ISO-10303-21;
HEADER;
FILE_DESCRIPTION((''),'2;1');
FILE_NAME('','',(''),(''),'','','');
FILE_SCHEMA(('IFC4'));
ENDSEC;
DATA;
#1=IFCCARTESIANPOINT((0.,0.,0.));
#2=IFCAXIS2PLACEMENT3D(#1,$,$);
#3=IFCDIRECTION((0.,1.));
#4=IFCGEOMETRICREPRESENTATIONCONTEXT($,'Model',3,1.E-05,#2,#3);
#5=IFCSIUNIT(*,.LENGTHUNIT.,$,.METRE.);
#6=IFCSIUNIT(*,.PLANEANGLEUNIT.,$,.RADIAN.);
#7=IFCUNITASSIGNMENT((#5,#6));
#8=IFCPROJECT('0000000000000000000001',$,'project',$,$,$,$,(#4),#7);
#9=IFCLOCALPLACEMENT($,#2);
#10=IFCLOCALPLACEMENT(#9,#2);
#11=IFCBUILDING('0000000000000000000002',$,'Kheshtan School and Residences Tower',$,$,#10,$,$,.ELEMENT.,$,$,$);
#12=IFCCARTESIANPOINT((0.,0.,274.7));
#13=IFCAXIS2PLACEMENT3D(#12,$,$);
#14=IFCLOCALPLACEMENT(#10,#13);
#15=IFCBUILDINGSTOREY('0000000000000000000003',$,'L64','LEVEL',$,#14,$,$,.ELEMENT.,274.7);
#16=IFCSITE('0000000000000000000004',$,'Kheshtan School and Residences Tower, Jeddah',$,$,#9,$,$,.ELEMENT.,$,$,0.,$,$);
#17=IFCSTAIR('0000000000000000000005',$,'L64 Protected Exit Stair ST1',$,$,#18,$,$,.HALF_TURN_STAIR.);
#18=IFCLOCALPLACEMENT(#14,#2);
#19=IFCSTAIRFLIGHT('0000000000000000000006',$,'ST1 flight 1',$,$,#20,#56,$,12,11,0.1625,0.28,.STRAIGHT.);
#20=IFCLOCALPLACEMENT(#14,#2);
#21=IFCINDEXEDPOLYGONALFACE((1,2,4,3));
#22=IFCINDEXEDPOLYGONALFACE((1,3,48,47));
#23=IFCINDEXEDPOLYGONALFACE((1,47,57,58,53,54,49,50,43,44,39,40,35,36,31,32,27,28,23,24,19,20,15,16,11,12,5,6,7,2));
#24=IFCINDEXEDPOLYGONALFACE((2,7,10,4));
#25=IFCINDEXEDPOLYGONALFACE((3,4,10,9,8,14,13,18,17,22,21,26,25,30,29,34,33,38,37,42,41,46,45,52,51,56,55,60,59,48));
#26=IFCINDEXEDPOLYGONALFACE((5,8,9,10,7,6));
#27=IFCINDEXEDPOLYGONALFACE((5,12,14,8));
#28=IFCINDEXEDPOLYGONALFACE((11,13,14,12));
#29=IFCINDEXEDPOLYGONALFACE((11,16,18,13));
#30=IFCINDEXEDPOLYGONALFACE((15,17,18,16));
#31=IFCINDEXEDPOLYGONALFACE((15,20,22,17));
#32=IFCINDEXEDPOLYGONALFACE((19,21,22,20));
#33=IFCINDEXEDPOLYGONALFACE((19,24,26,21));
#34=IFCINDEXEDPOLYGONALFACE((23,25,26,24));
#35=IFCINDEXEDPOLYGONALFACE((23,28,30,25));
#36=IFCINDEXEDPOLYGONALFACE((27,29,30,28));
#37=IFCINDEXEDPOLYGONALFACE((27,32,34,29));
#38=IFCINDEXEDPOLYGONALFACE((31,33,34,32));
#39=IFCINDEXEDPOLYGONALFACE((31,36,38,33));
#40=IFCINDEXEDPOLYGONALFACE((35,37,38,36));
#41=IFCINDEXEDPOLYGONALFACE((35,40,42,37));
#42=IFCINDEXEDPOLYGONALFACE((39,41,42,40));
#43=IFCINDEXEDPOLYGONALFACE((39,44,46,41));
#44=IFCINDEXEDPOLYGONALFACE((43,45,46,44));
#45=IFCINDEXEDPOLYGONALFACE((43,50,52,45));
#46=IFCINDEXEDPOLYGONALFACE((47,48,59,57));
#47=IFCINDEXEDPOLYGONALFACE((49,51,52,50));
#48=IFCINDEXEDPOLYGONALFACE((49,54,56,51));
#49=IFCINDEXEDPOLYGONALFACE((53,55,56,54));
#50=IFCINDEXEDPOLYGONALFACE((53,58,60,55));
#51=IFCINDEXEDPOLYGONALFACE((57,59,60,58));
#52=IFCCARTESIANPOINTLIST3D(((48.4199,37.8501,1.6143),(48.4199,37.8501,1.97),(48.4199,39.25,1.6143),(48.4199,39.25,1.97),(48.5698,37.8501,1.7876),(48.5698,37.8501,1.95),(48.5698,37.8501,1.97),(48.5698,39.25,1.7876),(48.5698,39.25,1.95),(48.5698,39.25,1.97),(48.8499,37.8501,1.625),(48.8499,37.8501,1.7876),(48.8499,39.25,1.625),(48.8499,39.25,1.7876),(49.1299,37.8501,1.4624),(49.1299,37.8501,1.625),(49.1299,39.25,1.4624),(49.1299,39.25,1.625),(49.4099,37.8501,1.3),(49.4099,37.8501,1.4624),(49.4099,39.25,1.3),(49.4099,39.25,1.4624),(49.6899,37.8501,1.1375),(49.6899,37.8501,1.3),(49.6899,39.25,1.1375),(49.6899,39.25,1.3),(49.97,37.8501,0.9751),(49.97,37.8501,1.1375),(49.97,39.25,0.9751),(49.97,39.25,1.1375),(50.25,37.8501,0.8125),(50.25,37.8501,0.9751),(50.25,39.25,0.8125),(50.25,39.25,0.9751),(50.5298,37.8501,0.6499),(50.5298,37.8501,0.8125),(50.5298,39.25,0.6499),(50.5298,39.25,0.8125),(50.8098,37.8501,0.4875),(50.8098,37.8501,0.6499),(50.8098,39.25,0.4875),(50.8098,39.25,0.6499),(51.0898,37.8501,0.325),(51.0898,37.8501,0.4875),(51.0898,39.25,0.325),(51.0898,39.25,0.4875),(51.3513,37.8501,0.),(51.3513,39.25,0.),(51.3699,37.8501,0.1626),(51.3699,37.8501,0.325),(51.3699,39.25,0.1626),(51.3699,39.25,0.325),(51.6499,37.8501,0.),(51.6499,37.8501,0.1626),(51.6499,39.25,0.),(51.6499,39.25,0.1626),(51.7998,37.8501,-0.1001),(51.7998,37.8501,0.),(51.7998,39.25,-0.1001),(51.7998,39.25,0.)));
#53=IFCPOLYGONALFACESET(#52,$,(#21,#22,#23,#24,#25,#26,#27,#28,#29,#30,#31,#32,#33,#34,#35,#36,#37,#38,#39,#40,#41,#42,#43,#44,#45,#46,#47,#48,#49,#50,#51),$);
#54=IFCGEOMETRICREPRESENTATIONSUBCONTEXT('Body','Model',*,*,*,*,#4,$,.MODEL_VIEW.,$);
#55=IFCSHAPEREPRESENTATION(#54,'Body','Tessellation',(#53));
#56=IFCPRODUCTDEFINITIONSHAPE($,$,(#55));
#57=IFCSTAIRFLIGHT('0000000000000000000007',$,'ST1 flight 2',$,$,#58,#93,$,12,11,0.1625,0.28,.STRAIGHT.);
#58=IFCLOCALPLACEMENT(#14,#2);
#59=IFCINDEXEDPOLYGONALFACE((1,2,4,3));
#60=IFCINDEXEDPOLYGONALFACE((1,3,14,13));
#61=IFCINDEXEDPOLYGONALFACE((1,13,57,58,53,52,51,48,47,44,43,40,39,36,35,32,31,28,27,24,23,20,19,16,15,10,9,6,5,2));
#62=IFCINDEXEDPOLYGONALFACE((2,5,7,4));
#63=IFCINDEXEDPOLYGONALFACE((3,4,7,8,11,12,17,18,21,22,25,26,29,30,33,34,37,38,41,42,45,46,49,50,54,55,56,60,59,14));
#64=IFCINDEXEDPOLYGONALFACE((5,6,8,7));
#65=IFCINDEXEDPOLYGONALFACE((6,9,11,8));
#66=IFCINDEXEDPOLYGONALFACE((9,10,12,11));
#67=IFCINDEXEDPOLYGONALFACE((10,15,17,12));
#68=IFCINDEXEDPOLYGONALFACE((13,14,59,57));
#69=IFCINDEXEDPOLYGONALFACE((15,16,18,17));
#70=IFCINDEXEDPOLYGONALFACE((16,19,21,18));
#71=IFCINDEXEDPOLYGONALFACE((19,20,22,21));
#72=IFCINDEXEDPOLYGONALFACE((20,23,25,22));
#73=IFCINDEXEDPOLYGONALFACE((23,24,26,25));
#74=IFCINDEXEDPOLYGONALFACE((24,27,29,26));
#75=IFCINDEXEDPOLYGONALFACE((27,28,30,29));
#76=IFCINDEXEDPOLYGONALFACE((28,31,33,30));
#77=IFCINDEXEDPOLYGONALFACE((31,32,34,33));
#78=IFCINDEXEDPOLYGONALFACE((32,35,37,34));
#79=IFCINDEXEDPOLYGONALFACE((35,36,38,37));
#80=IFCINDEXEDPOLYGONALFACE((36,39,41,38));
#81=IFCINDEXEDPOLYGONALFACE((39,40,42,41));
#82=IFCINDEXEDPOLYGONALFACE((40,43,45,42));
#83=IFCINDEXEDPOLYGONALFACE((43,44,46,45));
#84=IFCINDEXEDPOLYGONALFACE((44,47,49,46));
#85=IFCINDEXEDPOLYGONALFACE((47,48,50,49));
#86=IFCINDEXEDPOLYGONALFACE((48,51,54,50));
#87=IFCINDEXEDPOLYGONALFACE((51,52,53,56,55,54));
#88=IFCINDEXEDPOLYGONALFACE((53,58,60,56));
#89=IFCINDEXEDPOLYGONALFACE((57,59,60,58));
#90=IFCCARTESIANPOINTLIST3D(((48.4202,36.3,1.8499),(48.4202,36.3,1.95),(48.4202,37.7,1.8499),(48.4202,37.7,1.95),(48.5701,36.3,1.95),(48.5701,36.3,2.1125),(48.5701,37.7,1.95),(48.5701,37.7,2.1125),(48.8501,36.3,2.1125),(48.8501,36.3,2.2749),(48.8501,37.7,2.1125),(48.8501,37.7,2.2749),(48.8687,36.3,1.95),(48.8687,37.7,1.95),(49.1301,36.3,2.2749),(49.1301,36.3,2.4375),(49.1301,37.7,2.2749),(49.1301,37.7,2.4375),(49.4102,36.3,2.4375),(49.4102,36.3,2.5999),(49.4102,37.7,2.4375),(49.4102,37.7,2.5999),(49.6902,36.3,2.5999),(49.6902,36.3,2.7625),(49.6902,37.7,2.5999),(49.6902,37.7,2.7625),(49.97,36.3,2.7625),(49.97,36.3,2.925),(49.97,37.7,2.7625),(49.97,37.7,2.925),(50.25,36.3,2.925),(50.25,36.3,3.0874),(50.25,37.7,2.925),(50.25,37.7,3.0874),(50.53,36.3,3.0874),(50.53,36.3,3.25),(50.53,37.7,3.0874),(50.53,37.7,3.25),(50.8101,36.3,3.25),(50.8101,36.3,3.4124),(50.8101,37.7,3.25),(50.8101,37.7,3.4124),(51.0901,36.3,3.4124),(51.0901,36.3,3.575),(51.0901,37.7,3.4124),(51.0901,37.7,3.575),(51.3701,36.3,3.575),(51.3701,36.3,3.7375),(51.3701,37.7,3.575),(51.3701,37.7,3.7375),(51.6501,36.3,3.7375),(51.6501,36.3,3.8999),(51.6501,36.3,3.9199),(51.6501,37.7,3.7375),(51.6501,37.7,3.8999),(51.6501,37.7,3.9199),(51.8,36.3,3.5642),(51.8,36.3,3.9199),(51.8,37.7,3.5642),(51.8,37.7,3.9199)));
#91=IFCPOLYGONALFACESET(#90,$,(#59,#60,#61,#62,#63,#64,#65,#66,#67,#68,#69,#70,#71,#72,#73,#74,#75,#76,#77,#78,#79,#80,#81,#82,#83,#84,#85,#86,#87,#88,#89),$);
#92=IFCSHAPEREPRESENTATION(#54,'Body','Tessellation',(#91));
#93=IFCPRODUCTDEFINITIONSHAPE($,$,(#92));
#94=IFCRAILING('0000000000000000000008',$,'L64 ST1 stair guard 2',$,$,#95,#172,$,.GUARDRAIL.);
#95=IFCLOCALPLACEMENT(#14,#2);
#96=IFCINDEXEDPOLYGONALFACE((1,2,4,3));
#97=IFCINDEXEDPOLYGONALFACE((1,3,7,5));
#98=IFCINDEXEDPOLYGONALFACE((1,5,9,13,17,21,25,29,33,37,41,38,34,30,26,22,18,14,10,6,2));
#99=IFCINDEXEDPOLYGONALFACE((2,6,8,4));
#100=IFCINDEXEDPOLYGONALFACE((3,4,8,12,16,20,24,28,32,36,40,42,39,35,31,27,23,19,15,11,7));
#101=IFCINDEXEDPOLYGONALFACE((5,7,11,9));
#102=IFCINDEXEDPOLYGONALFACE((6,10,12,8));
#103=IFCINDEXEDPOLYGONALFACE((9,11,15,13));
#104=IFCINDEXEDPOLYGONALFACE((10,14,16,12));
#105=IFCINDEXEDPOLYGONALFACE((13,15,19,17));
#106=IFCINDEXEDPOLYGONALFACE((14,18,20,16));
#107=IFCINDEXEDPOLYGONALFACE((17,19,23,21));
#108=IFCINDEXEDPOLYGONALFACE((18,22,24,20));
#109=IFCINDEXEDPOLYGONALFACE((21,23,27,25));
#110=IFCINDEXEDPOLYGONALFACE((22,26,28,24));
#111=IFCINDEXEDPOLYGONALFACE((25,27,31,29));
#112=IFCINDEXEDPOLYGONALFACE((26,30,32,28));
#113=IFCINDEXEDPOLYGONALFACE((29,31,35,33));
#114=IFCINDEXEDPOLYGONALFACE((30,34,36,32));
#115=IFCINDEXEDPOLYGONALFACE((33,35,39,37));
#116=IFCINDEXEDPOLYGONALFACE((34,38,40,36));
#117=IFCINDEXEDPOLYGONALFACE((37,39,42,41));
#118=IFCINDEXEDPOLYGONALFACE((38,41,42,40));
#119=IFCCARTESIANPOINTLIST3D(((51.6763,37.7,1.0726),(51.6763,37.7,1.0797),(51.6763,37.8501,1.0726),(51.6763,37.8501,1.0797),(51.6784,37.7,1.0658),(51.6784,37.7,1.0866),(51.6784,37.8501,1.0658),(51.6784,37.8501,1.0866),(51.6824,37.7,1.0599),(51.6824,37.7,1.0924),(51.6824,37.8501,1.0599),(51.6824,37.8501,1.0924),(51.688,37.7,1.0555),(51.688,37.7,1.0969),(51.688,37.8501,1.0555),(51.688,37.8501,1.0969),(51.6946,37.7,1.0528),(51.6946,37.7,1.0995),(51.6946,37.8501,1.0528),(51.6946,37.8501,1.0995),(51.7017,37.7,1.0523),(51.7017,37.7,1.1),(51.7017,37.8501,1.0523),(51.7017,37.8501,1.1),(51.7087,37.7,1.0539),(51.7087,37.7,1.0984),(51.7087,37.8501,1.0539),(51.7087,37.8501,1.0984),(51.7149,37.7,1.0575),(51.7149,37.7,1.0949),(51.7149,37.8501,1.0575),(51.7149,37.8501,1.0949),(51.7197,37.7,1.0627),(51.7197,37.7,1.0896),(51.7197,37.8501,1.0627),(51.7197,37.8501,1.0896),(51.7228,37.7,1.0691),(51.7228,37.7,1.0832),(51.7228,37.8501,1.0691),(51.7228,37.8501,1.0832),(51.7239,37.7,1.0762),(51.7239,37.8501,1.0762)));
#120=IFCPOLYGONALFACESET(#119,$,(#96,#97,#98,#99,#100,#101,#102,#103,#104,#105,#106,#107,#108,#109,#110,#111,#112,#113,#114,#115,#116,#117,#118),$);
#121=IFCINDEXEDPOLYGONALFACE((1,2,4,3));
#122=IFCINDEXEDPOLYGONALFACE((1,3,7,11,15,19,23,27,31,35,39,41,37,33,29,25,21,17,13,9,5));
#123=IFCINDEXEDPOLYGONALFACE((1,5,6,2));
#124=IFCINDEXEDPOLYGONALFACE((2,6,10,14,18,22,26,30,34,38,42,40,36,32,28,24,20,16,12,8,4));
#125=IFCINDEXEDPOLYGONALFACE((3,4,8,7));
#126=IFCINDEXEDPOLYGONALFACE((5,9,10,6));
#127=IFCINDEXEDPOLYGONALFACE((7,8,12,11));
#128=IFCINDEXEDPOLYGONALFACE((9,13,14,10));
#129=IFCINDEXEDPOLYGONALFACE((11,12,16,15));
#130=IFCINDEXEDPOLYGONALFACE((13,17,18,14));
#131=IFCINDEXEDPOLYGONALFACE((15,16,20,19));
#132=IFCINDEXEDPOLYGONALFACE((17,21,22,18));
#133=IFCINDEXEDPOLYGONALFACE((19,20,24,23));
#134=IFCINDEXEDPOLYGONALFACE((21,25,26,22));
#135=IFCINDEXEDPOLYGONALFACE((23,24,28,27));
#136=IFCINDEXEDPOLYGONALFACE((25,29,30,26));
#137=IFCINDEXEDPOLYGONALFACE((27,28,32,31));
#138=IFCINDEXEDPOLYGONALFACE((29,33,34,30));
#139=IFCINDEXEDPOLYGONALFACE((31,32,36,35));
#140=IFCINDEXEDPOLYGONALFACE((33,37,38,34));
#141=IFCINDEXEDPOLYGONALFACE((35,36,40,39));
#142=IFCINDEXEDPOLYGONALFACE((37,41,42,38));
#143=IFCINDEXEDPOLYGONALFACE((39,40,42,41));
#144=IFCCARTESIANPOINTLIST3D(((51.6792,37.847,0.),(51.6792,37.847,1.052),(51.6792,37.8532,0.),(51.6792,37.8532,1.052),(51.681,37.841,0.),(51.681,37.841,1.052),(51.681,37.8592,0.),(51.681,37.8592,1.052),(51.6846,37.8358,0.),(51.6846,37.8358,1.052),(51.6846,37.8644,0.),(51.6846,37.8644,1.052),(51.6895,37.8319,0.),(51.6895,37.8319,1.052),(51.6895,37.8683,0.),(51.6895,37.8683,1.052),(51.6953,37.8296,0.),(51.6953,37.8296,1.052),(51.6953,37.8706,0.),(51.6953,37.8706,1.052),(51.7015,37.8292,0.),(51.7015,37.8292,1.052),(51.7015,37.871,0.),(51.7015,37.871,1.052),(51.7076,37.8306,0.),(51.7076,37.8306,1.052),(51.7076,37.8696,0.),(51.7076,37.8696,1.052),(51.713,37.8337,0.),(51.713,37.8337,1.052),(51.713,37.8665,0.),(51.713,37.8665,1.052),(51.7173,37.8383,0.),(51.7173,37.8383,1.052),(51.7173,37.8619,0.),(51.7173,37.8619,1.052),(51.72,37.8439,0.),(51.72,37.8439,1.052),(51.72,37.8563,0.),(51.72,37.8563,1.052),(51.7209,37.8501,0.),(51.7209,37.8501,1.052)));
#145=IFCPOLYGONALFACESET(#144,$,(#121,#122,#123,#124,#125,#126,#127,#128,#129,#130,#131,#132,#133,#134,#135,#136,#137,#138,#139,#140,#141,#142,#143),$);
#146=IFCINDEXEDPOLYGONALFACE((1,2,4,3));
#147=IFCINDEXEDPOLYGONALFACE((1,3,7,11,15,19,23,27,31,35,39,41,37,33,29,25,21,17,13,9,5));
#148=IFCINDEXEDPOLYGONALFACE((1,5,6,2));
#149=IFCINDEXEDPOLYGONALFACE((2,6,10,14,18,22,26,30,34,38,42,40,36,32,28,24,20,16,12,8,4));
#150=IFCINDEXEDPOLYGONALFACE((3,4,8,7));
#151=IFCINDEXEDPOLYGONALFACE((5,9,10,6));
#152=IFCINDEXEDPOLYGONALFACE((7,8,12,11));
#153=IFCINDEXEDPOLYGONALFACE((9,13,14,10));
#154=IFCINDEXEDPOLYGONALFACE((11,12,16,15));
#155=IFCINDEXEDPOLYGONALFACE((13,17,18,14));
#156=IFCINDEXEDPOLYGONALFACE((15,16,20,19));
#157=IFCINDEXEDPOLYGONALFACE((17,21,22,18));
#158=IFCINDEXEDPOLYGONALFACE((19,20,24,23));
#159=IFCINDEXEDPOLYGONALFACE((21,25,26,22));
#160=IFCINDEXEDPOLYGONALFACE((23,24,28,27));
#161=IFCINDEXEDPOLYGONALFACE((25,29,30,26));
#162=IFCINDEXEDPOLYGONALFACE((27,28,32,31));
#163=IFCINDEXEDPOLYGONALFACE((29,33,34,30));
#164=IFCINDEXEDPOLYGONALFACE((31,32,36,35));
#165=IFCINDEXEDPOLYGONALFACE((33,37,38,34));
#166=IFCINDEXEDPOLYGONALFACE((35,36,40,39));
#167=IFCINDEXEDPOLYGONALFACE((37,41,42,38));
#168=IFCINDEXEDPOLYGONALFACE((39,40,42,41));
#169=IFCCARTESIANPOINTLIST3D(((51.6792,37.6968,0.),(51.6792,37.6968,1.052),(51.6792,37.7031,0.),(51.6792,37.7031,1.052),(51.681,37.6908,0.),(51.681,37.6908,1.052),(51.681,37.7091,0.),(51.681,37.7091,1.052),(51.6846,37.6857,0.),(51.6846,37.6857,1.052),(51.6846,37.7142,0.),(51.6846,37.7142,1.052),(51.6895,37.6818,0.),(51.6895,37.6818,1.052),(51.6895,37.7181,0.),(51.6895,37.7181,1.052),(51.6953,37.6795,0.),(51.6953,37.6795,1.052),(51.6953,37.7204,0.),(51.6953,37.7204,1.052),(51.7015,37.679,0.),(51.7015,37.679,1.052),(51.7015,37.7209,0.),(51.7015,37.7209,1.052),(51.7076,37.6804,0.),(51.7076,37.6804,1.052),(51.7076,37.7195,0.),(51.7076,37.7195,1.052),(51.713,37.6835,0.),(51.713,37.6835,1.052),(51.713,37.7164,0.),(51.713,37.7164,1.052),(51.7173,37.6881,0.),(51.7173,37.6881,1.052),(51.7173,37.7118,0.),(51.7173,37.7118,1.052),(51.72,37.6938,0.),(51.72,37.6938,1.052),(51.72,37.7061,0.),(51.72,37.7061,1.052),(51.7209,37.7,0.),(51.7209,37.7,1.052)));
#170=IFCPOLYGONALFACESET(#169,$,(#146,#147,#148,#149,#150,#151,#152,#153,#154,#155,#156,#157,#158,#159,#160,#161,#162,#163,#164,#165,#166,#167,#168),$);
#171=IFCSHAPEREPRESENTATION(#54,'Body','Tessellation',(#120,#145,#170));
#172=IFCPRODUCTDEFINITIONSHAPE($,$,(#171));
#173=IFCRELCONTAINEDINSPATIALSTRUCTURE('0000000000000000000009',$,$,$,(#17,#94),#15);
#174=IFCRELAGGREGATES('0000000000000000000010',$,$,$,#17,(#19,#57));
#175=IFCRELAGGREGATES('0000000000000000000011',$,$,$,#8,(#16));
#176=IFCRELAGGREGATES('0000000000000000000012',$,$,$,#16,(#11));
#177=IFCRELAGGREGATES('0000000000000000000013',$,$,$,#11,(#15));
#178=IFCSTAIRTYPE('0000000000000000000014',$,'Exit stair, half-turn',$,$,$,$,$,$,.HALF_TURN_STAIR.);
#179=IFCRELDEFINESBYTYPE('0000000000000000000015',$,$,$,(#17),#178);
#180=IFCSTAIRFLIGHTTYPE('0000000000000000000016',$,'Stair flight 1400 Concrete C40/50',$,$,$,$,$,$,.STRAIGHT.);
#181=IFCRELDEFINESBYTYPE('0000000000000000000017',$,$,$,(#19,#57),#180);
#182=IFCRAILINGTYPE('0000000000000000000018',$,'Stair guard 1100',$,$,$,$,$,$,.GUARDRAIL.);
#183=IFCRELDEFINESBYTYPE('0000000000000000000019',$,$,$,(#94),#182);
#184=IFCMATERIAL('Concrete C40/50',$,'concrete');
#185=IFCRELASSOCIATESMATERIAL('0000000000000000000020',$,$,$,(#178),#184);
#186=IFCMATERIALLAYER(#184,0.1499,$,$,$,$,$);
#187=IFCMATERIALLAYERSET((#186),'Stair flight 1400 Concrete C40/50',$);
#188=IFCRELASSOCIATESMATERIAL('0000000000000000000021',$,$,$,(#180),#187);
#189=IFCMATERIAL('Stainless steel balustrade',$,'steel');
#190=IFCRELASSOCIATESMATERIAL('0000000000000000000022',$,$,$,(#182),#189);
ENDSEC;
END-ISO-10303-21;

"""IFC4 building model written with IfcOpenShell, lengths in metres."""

from ifc_helpers import new_model, si_unit, direction, frame, origin, origin_2d, place, context, subcontext, project, spatial, polyline, circle, outline, extrude, material, layer, layer_set, type_object, element, aggregate, save


model = new_model("IFC4")

# Units and contexts
model_context = context("Model", 3, precision=1e-05, world=origin(), true_north=direction((0.0, 1.0)))
body_context = subcontext(model_context, "Body", "Model", "MODEL_VIEW")
ifc_project = project(units=[si_unit("LENGTHUNIT", "METRE"), si_unit("PLANEANGLEUNIT", "RADIAN")], contexts=[model_context])

# Site, building, storey
site_placement = place(None, origin())
site = spatial("IfcSite", under=ifc_project, at=site_placement, Name="Kheshtan School and Residences Tower, Jeddah", CompositionType="ELEMENT", RefElevation=0.0)
building_placement = place(site_placement, origin())
building = spatial("IfcBuilding", under=site, at=building_placement, Name="Kheshtan School and Residences Tower", CompositionType="ELEMENT")
storey_placement = place(building_placement, frame((0.0, 0.0, 274.7)))
storey = spatial("IfcBuildingStorey", under=building, at=storey_placement, Name="L64", Description="LEVEL", CompositionType="ELEMENT", Elevation=274.7)

# Stair, stair flights
ifc_material_1 = material(Name="Concrete C40/50", Category="concrete")
stair_type = type_object("IfcStairType", Name="Exit stair, half-turn", PredefinedType="HALF_TURN_STAIR", material=ifc_material_1)
stair_placement = place(storey_placement, origin())
stair = element("IfcStair", 1, at=stair_placement, inside=storey, type_object=stair_type, Name="L64 Protected Exit Stair ST1", PredefinedType="HALF_TURN_STAIR")
ifc_layer_1 = layer(ifc_material_1, 0.1499)
ifc_layer_set_1 = layer_set([ifc_layer_1], Name="Stair flight 1400 Concrete C40/50")
stair_flight_type = type_object("IfcStairFlightType", Name="Stair flight 1400 Concrete C40/50", PredefinedType="STRAIGHT", material=ifc_layer_set_1)
stair_flight_1_placement = place(storey_placement, frame((51.6499, 38.55, 0.0), z_axis=(0.0, 0.0, 1.0), x_axis=(-1.0, 0.0, 0.0)))
stair_flight_1 = element("IfcStairFlight", 2, at=stair_flight_1_placement, type_object=stair_flight_type, Name="ST1 flight 1", NumberOfRisers=12, NumberOfTreads=11, PredefinedType="STRAIGHT", RiserHeight=0.1625, TreadLength=0.28, context=body_context, shape_type="SweptSolid", body=[
    extrude(outline(polyline([(-0.1499, -0.1001), (-0.1499, 0.0), (0.0, 0.0), (0.0, 0.1626), (0.28, 0.1626), (0.28, 0.325), (0.5601, 0.325), (0.5601, 0.4875), (0.8401, 0.4875), (0.8401, 0.6499), (1.1201, 0.6499), (1.1201, 0.8125), (1.3999, 0.8125), (1.3999, 0.9751), (1.6799, 0.9751), (1.6799, 1.1375), (1.96, 1.1375), (1.96, 1.3), (2.24, 1.3), (2.24, 1.4624), (2.52, 1.4624), (2.52, 1.625), (2.8, 1.625), (2.8, 1.7876), (3.0801, 1.7876), (3.0801, 1.95), (3.0801, 1.97), (3.23, 1.97), (3.23, 1.6143), (0.2986, 0.0), (-0.1499, -0.1001)])), frame((0.0, 0.7, 0.0), z_axis=(0.0, -1.0, 0.0), x_axis=(1.0, 0.0, 0.0)), (0.0, 0.0, 1.0), 1.3999),
])
stair_flight_2_placement = place(storey_placement, frame((48.5701, 37.0, 1.95), z_axis=(0.0, 0.0, 1.0), x_axis=(1.0, 0.0, 0.0)))
stair_flight_2 = element("IfcStairFlight", 3, at=stair_flight_2_placement, type_object=stair_flight_type, Name="ST1 flight 2", NumberOfRisers=12, NumberOfTreads=11, PredefinedType="STRAIGHT", RiserHeight=0.1625, TreadLength=0.28, context=body_context, shape_type="SweptSolid", body=[
    extrude(outline(polyline([(-0.1499, -0.1001), (-0.1499, 0.0), (0.0, 0.0), (0.0, 0.1626), (0.28, 0.1626), (0.28, 0.325), (0.5601, 0.325), (0.5601, 0.4875), (0.8401, 0.4875), (0.8401, 0.6499), (1.1201, 0.6499), (1.1201, 0.8125), (1.3999, 0.8125), (1.3999, 0.9751), (1.6799, 0.9751), (1.6799, 1.1375), (1.96, 1.1375), (1.96, 1.3), (2.24, 1.3), (2.24, 1.4624), (2.52, 1.4624), (2.52, 1.625), (2.8, 1.625), (2.8, 1.7876), (3.0801, 1.7876), (3.0801, 1.95), (3.0801, 1.97), (3.23, 1.97), (3.23, 1.6143), (0.2986, 0.0), (-0.1499, -0.1001)])), frame((0.0, 0.7, 0.0), z_axis=(0.0, -1.0, 0.0), x_axis=(1.0, 0.0, 0.0)), (0.0, 0.0, 1.0), 1.3999),
])
aggregate(stair, [stair_flight_1, stair_flight_2])

# Railing
ifc_material_2 = material(Name="Stainless steel balustrade", Category="steel")
railing_type_1 = type_object("IfcRailingType", Name="Stair guard 1100", PredefinedType="GUARDRAIL", material=ifc_material_2)
railing_1_placement = place(storey_placement, frame((51.7, 37.8501, 0.0)))
element("IfcRailing", 4, at=railing_1_placement, inside=storey, type_object=railing_type_1, Name="L64 ST1 stair guard 2", PredefinedType="GUARDRAIL", context=body_context, shape_type="SweptSolid", body=[
    extrude(circle(Radius=0.0239, at=origin_2d()), frame((0.0, 0.0, 1.0762), z_axis=(0.0, -1.0, 0.0), x_axis=(1.0, 0.0, 0.0)), (0.0, 0.0, 1.0), 0.1501),
    extrude(circle(Radius=0.021, at=origin_2d()), origin(), (0.0, 0.0, 1.0), 1.052),
    extrude(circle(Radius=0.021, at=origin_2d()), frame((0.0, -0.1501, 0.0)), (0.0, 0.0, 1.0), 1.052),
])

save(model, "model.ifc")
